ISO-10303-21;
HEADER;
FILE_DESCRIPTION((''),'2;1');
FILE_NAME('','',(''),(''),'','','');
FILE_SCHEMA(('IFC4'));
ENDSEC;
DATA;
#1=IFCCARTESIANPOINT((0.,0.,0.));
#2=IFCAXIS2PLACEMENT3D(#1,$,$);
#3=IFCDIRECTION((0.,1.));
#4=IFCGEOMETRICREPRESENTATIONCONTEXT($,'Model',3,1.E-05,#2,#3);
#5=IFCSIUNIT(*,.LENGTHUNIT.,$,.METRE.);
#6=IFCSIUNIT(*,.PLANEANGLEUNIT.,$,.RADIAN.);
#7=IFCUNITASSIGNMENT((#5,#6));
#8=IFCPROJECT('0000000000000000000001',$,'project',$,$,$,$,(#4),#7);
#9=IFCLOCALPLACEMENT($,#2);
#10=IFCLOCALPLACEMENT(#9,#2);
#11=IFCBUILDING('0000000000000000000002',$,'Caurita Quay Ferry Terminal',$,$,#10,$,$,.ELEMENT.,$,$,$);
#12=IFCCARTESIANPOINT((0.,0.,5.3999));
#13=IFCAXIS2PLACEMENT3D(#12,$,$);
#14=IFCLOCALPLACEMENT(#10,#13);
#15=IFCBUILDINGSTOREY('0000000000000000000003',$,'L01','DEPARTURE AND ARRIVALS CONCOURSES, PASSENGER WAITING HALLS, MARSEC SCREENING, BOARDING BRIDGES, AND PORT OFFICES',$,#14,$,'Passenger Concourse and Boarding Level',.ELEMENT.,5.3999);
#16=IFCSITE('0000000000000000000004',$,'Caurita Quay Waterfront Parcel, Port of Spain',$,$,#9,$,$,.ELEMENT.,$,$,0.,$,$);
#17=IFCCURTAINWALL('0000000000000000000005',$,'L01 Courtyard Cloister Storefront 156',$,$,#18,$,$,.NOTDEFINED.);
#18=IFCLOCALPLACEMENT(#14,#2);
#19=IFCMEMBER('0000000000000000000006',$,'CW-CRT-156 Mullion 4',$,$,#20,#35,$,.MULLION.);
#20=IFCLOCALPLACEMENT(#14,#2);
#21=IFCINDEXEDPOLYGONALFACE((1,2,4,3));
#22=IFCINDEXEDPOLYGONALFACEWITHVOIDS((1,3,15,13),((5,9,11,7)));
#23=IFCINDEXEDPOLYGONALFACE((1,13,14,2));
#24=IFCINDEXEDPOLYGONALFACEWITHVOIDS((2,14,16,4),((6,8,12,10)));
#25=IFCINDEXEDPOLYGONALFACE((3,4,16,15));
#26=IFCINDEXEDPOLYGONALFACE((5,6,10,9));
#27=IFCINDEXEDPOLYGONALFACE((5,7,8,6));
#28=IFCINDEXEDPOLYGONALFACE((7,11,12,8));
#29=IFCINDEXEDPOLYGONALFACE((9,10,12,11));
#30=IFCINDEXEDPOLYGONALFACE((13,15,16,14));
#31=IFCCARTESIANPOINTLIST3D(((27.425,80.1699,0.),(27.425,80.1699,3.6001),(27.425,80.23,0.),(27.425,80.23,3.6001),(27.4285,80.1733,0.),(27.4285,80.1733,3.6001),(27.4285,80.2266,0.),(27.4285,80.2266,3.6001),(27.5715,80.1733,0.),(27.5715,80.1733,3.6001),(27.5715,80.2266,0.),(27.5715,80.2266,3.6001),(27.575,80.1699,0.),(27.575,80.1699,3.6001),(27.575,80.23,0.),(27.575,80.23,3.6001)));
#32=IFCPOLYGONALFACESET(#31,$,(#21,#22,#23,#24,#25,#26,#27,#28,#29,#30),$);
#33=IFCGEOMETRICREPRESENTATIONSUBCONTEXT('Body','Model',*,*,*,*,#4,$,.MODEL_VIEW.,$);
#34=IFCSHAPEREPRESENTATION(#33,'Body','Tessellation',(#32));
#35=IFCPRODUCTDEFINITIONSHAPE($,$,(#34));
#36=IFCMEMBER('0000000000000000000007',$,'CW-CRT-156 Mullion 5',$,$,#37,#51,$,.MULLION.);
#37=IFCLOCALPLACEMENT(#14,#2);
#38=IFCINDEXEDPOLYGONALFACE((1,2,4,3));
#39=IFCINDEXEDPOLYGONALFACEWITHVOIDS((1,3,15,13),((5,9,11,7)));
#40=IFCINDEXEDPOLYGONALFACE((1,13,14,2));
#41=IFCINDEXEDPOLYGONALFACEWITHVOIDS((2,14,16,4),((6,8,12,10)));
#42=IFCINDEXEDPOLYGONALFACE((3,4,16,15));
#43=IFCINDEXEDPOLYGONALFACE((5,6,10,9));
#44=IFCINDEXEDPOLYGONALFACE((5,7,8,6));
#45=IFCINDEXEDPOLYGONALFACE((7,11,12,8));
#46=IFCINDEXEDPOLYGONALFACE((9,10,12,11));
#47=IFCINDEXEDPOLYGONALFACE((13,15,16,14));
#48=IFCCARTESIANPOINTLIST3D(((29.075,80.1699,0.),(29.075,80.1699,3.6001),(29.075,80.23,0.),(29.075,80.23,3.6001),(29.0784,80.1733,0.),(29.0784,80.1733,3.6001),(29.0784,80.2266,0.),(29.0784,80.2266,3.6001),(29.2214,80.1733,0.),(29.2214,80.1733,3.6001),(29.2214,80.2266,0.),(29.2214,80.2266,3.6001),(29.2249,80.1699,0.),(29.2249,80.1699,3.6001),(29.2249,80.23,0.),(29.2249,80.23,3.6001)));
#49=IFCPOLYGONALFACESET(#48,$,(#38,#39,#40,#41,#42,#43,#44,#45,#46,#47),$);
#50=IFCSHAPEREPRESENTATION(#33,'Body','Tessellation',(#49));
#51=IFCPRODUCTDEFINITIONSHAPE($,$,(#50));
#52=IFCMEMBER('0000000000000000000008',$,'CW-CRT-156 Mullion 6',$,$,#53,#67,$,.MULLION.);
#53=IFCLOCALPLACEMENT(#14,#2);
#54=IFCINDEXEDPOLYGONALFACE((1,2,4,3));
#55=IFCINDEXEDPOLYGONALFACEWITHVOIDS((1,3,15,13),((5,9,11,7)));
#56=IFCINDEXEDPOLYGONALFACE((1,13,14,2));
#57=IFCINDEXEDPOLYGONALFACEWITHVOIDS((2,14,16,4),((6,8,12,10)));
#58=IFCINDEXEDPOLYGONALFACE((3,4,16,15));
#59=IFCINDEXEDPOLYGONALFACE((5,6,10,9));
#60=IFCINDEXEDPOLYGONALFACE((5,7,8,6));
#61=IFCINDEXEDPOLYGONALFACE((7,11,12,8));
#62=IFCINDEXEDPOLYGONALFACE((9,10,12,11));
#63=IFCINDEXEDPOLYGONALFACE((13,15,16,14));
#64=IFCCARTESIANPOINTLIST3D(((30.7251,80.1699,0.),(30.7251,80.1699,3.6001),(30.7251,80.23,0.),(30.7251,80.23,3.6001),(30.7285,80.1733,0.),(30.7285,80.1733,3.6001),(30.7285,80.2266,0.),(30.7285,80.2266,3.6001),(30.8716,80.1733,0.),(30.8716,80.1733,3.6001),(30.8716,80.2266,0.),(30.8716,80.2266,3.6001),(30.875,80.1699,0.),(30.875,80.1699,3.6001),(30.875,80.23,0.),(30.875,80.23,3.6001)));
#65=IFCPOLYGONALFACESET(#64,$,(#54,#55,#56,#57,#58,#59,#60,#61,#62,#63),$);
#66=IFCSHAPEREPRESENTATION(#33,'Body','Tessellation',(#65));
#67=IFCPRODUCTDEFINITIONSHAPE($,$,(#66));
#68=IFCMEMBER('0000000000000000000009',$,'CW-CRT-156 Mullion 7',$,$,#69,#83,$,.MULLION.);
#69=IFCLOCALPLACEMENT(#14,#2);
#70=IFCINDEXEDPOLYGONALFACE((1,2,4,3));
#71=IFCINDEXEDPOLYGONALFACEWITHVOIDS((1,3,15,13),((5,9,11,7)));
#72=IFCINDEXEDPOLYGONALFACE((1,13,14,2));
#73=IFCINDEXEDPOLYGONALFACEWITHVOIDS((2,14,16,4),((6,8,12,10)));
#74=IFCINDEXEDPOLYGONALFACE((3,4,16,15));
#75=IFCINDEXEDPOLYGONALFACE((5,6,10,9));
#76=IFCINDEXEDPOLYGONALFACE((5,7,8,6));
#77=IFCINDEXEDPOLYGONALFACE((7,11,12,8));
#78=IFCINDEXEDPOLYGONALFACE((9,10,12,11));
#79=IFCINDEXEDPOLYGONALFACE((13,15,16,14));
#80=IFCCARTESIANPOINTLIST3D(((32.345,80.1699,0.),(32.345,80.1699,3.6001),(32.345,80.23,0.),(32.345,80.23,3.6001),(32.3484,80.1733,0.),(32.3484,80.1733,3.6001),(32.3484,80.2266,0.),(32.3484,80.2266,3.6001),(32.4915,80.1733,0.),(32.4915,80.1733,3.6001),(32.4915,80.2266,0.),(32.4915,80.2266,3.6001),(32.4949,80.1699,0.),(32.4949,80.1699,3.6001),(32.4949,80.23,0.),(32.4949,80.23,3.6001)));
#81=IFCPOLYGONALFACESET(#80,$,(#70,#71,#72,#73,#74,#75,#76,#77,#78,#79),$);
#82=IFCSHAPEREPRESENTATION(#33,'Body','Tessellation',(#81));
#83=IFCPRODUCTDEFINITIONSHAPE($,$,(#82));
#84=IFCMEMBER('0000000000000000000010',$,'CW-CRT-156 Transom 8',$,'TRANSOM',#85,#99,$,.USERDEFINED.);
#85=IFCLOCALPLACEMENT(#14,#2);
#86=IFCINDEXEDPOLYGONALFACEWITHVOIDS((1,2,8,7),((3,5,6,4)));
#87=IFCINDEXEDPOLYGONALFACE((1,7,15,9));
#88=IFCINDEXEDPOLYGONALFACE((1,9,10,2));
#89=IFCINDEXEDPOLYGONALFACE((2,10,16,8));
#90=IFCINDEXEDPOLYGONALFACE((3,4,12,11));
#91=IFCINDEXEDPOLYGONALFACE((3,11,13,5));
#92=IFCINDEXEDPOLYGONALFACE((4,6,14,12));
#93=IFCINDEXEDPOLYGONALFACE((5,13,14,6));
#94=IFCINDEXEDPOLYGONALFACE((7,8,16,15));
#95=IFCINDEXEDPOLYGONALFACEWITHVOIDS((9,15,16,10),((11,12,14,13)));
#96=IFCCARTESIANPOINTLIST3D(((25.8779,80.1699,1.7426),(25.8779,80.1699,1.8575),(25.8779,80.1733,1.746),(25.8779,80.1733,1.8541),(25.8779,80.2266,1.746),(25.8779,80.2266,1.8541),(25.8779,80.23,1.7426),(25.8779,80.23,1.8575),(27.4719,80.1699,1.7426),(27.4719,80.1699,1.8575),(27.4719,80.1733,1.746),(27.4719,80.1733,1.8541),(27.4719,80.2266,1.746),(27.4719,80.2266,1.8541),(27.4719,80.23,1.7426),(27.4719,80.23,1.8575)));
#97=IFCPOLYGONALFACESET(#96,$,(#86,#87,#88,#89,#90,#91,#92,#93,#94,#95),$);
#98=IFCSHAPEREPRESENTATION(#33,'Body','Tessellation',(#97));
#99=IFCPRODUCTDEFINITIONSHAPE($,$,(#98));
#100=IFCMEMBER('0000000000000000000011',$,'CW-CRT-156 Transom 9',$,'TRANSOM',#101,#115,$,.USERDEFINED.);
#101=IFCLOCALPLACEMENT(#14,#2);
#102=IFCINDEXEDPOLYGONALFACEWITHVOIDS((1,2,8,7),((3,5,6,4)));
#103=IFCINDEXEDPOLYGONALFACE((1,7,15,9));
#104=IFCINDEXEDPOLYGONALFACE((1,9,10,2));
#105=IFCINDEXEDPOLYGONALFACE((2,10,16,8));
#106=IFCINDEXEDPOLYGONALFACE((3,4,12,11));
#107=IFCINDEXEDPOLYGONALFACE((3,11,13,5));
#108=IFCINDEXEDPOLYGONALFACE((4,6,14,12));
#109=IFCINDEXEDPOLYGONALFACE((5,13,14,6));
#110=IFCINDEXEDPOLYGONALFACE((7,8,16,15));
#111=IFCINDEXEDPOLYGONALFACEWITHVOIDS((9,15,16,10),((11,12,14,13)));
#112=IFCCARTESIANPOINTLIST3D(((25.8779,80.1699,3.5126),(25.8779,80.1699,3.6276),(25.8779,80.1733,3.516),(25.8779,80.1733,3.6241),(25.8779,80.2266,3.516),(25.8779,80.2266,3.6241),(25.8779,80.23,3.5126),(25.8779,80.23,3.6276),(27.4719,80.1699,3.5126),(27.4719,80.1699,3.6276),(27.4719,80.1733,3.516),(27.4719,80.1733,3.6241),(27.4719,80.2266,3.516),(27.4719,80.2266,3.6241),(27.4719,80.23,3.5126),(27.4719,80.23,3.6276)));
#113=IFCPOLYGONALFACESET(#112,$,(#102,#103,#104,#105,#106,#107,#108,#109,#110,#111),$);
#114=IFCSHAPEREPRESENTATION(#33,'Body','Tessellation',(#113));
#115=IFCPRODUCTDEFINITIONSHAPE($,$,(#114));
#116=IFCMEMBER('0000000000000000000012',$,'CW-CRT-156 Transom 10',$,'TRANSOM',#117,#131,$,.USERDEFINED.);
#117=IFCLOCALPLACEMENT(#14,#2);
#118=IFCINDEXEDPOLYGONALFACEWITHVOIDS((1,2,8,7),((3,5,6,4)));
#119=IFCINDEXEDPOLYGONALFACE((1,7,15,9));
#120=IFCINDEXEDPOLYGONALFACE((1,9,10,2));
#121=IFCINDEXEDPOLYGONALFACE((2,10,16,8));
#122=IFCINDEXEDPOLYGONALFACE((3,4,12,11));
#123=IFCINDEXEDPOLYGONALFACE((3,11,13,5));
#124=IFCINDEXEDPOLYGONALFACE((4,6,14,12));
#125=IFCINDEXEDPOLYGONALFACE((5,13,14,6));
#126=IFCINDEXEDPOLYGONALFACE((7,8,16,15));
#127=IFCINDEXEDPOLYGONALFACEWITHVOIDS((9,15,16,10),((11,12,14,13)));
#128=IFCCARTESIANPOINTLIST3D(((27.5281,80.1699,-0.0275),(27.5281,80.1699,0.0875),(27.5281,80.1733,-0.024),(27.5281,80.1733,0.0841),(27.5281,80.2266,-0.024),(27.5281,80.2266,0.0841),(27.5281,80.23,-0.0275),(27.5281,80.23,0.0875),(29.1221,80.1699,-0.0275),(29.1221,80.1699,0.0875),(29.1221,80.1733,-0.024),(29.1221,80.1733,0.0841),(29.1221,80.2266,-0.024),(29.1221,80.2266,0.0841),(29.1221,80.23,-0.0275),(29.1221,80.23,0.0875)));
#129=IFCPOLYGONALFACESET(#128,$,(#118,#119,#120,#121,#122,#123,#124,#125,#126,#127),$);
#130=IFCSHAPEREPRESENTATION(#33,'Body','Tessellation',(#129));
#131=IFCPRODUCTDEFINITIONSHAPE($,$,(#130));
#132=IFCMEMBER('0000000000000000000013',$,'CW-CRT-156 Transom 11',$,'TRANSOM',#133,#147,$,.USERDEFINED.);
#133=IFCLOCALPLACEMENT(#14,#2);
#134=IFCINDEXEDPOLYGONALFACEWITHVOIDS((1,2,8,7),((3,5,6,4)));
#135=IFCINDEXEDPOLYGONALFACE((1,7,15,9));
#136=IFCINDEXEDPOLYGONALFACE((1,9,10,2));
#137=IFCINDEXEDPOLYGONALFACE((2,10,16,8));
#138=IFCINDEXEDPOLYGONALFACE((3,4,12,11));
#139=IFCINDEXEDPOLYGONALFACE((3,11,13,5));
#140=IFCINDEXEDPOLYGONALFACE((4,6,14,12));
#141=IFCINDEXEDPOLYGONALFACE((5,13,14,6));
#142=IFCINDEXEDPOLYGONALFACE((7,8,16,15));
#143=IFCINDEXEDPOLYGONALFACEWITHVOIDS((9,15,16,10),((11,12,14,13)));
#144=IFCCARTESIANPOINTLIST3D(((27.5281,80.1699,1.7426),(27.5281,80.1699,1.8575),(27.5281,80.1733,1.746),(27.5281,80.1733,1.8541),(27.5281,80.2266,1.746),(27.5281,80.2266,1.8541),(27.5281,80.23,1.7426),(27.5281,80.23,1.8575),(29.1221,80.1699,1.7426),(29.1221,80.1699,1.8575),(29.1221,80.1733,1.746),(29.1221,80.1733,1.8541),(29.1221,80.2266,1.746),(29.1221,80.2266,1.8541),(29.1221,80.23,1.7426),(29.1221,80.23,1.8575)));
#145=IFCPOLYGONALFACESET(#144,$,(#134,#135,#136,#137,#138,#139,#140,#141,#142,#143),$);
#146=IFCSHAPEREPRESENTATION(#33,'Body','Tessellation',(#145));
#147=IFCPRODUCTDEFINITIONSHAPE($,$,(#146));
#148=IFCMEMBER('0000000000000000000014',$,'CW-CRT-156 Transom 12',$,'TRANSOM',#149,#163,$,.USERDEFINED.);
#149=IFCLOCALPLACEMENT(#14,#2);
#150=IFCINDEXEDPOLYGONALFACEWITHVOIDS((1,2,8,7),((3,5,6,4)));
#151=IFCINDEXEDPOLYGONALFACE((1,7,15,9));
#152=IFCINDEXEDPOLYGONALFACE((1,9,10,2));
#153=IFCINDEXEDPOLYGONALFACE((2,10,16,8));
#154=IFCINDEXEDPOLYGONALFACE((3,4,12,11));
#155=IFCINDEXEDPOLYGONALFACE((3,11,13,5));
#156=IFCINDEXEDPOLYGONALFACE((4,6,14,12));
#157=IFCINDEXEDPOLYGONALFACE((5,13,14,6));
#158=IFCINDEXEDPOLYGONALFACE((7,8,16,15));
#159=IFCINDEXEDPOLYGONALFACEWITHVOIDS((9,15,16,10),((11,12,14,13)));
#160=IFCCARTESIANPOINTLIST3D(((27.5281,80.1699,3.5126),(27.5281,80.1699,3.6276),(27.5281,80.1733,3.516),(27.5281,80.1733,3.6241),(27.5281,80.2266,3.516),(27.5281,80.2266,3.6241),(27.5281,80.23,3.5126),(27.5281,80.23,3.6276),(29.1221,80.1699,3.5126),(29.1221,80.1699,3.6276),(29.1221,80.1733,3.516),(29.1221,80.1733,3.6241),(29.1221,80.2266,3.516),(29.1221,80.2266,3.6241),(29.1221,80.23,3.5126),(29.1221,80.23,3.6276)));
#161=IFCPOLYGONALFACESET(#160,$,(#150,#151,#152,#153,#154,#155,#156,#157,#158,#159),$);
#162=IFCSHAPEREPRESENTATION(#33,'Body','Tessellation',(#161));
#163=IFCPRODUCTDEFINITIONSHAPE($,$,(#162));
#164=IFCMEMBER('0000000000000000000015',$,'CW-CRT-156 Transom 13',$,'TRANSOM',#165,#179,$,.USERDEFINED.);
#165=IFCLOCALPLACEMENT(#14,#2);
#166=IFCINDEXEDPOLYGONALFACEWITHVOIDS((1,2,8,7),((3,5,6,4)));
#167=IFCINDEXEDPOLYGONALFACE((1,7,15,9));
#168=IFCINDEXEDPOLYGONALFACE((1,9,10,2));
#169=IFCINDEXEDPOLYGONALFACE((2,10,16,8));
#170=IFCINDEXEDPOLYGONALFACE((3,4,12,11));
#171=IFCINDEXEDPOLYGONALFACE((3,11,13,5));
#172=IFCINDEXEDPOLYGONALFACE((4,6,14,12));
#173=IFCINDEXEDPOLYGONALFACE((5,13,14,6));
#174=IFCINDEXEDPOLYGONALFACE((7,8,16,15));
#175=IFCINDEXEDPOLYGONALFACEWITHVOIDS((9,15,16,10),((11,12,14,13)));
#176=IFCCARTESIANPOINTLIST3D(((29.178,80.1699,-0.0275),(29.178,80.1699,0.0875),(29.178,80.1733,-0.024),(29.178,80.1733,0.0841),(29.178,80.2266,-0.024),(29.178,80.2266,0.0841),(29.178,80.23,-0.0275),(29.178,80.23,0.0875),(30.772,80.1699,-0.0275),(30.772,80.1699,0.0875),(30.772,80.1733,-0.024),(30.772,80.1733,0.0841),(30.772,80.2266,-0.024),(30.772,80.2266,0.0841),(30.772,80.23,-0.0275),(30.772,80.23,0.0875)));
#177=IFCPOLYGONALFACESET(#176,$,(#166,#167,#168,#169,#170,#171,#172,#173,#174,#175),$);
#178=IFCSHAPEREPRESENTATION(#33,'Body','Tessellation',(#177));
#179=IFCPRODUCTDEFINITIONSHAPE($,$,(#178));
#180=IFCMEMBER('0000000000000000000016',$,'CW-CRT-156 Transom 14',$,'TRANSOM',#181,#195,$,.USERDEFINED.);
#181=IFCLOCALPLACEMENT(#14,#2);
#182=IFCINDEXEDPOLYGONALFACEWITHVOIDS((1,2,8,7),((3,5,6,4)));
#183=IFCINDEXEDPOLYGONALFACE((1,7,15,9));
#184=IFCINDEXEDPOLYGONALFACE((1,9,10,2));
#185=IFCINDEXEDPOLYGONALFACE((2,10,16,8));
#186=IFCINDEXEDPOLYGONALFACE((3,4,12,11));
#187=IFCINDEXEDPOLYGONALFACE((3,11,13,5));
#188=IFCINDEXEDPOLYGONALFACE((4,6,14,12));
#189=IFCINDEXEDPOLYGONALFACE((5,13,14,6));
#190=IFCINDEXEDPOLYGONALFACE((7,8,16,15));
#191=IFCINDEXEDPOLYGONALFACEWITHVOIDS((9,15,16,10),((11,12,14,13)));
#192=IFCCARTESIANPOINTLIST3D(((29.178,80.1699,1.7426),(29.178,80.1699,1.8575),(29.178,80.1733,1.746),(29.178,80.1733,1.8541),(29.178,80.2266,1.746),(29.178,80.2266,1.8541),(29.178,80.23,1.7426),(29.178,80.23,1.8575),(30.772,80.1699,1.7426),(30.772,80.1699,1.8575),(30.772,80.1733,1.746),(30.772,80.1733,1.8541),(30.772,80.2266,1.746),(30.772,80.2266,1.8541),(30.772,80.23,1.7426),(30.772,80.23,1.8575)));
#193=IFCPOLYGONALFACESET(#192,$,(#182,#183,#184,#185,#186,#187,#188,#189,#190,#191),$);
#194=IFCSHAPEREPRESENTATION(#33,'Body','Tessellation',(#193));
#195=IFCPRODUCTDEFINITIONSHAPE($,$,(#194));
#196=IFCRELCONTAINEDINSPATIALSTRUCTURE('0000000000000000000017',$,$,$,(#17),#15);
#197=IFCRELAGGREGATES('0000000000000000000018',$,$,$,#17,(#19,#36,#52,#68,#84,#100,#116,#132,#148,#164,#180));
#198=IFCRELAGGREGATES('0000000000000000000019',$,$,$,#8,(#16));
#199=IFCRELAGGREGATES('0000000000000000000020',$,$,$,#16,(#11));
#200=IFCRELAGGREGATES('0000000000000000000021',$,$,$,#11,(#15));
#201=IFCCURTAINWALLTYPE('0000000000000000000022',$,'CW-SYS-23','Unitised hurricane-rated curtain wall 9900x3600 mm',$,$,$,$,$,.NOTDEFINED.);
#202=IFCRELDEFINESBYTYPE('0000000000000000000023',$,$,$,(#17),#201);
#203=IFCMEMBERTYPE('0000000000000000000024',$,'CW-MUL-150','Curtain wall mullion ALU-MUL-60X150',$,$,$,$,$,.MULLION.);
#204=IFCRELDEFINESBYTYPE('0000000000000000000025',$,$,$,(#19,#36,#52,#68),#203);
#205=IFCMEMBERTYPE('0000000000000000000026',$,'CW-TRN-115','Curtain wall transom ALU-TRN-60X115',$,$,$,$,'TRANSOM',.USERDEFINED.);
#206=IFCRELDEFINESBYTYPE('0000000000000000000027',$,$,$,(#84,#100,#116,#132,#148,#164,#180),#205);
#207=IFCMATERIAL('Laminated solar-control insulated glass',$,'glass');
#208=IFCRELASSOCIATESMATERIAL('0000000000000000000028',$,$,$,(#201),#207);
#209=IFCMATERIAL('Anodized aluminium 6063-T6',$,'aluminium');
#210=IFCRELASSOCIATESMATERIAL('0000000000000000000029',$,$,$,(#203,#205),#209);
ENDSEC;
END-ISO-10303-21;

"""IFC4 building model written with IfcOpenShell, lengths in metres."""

from ifc_helpers import new_model, si_unit, direction, frame, origin, origin_2d, place, context, subcontext, project, spatial, hollow_rectangle, extrude, material, material_profile, profile_set, type_object, element, aggregate, save


model = new_model("IFC4")

# Units and contexts
model_context = context("Model", 3, precision=1e-05, world=origin(), true_north=direction((0.0, 1.0)))
body_context = subcontext(model_context, "Body", "Model", "MODEL_VIEW")
ifc_project = project(units=[si_unit("LENGTHUNIT", "METRE"), si_unit("PLANEANGLEUNIT", "RADIAN")], contexts=[model_context])

# Site, building, storey
site_placement = place(None, origin())
site = spatial("IfcSite", under=ifc_project, at=site_placement, Name="Caurita Quay Waterfront Parcel, Port of Spain", CompositionType="ELEMENT", RefElevation=0.0)
building_placement = place(site_placement, origin())
building = spatial("IfcBuilding", under=site, at=building_placement, Name="Caurita Quay Ferry Terminal", CompositionType="ELEMENT")
storey_placement = place(building_placement, frame((0.0, 0.0, 5.3999)))
storey = spatial("IfcBuildingStorey", under=building, at=storey_placement, Name="L01", Description="DEPARTURE AND ARRIVALS CONCOURSES, PASSENGER WAITING HALLS, MARSEC SCREENING, BOARDING BRIDGES, AND PORT OFFICES", LongName="Passenger Concourse and Boarding Level", CompositionType="ELEMENT", Elevation=5.3999)

# Curtain wall, members
ifc_material_1 = material(Name="Laminated solar-control insulated glass", Category="glass")
curtain_wall_type = type_object("IfcCurtainWallType", Name="CW-SYS-23", Description="Unitised hurricane-rated curtain wall 9900x3600 mm", PredefinedType="NOTDEFINED", material=ifc_material_1)
curtain_wall_placement = place(storey_placement, origin())
curtain_wall = element("IfcCurtainWall", 1, at=curtain_wall_placement, inside=storey, type_object=curtain_wall_type, Name="L01 Courtyard Cloister Storefront 156", PredefinedType="NOTDEFINED")
ifc_material_2 = material(Name="Anodized aluminium 6063-T6", Category="aluminium")
ifc_material_profile_1 = material_profile(ifc_material_2, hollow_rectangle(XDim=0.0601, YDim=0.1499, WallThickness=0.0034, at=origin_2d()), Name="ALU-MUL-60X150")
ifc_profile_set_1 = profile_set([ifc_material_profile_1], Name="Anodized aluminium 6063-T6")
member_type_1 = type_object("IfcMemberType", Name="CW-MUL-150", Description="Curtain wall mullion ALU-MUL-60X150", PredefinedType="MULLION", material=ifc_profile_set_1)
member_1_placement = place(storey_placement, frame((27.5, 80.2, 0.0), z_axis=(0.0, 0.0, 1.0), x_axis=(0.0, 1.0, 0.0)))
member_1 = element("IfcMember", 2, at=member_1_placement, type_object=member_type_1, Name="CW-CRT-156 Mullion 4", PredefinedType="MULLION", context=body_context, shape_type="SweptSolid", body=[
    extrude(hollow_rectangle(XDim=0.0601, YDim=0.1499, WallThickness=0.0034, at=origin_2d()), origin(), (0.0, 0.0, 1.0), 3.6001),
])
member_2_placement = place(storey_placement, frame((29.1499, 80.2, 0.0), z_axis=(0.0, 0.0, 1.0), x_axis=(0.0, 1.0, 0.0)))
member_2 = element("IfcMember", 3, at=member_2_placement, type_object=member_type_1, Name="CW-CRT-156 Mullion 5", PredefinedType="MULLION", context=body_context, shape_type="SweptSolid", body=[
    extrude(hollow_rectangle(XDim=0.0601, YDim=0.1499, WallThickness=0.0034, at=origin_2d()), origin(), (0.0, 0.0, 1.0), 3.6001),
])
member_3_placement = place(storey_placement, frame((30.8, 80.2, 0.0), z_axis=(0.0, 0.0, 1.0), x_axis=(0.0, 1.0, 0.0)))
member_3 = element("IfcMember", 4, at=member_3_placement, type_object=member_type_1, Name="CW-CRT-156 Mullion 6", PredefinedType="MULLION", context=body_context, shape_type="SweptSolid", body=[
    extrude(hollow_rectangle(XDim=0.0601, YDim=0.1499, WallThickness=0.0034, at=origin_2d()), origin(), (0.0, 0.0, 1.0), 3.6001),
])
member_4_placement = place(storey_placement, frame((32.4199, 80.2, 0.0), z_axis=(0.0, 0.0, 1.0), x_axis=(0.0, 1.0, 0.0)))
member_4 = element("IfcMember", 5, at=member_4_placement, type_object=member_type_1, Name="CW-CRT-156 Mullion 7", PredefinedType="MULLION", context=body_context, shape_type="SweptSolid", body=[
    extrude(hollow_rectangle(XDim=0.0601, YDim=0.1499, WallThickness=0.0034, at=origin_2d()), origin(), (0.0, 0.0, 1.0), 3.6001),
])
ifc_material_profile_2 = material_profile(ifc_material_2, hollow_rectangle(XDim=0.0601, YDim=0.115, WallThickness=0.0034, at=origin_2d()), Name="ALU-TRN-60X115")
ifc_profile_set_2 = profile_set([ifc_material_profile_2], Name="Anodized aluminium 6063-T6")
member_type_2 = type_object("IfcMemberType", Name="CW-TRN-115", Description="Curtain wall transom ALU-TRN-60X115", ElementType="TRANSOM", PredefinedType="USERDEFINED", material=ifc_profile_set_2)
member_5_placement = place(storey_placement, frame((25.8779, 80.2, 1.8), z_axis=(1.0, 0.0, 0.0), x_axis=(0.0, 1.0, 0.0)))
member_5 = element("IfcMember", 6, at=member_5_placement, type_object=member_type_2, Name="CW-CRT-156 Transom 8", ObjectType="TRANSOM", PredefinedType="USERDEFINED", context=body_context, shape_type="SweptSolid", body=[
    extrude(hollow_rectangle(XDim=0.0601, YDim=0.115, WallThickness=0.0034, at=origin_2d()), origin(), (0.0, 0.0, 1.0), 1.594),
])
member_6_placement = place(storey_placement, frame((25.8779, 80.2, 3.5701), z_axis=(1.0, 0.0, 0.0), x_axis=(0.0, 1.0, 0.0)))
member_6 = element("IfcMember", 7, at=member_6_placement, type_object=member_type_2, Name="CW-CRT-156 Transom 9", ObjectType="TRANSOM", PredefinedType="USERDEFINED", context=body_context, shape_type="SweptSolid", body=[
    extrude(hollow_rectangle(XDim=0.0601, YDim=0.115, WallThickness=0.0034, at=origin_2d()), origin(), (0.0, 0.0, 1.0), 1.594),
])
member_7_placement = place(storey_placement, frame((27.5281, 80.2, 0.03), z_axis=(1.0, 0.0, 0.0), x_axis=(0.0, 1.0, 0.0)))
member_7 = element("IfcMember", 8, at=member_7_placement, type_object=member_type_2, Name="CW-CRT-156 Transom 10", ObjectType="TRANSOM", PredefinedType="USERDEFINED", context=body_context, shape_type="SweptSolid", body=[
    extrude(hollow_rectangle(XDim=0.0601, YDim=0.115, WallThickness=0.0034, at=origin_2d()), origin(), (0.0, 0.0, 1.0), 1.594),
])
member_8_placement = place(storey_placement, frame((27.5281, 80.2, 1.8), z_axis=(1.0, 0.0, 0.0), x_axis=(0.0, 1.0, 0.0)))
member_8 = element("IfcMember", 9, at=member_8_placement, type_object=member_type_2, Name="CW-CRT-156 Transom 11", ObjectType="TRANSOM", PredefinedType="USERDEFINED", context=body_context, shape_type="SweptSolid", body=[
    extrude(hollow_rectangle(XDim=0.0601, YDim=0.115, WallThickness=0.0034, at=origin_2d()), origin(), (0.0, 0.0, 1.0), 1.594),
])
member_9_placement = place(storey_placement, frame((27.5281, 80.2, 3.5701), z_axis=(1.0, 0.0, 0.0), x_axis=(0.0, 1.0, 0.0)))
member_9 = element("IfcMember", 10, at=member_9_placement, type_object=member_type_2, Name="CW-CRT-156 Transom 12", ObjectType="TRANSOM", PredefinedType="USERDEFINED", context=body_context, shape_type="SweptSolid", body=[
    extrude(hollow_rectangle(XDim=0.0601, YDim=0.115, WallThickness=0.0034, at=origin_2d()), origin(), (0.0, 0.0, 1.0), 1.594),
])
member_10_placement = place(storey_placement, frame((29.178, 80.2, 0.03), z_axis=(1.0, 0.0, 0.0), x_axis=(0.0, 1.0, 0.0)))
member_10 = element("IfcMember", 11, at=member_10_placement, type_object=member_type_2, Name="CW-CRT-156 Transom 13", ObjectType="TRANSOM", PredefinedType="USERDEFINED", context=body_context, shape_type="SweptSolid", body=[
    extrude(hollow_rectangle(XDim=0.0601, YDim=0.115, WallThickness=0.0034, at=origin_2d()), origin(), (0.0, 0.0, 1.0), 1.594),
])
member_11_placement = place(storey_placement, frame((29.178, 80.2, 1.8), z_axis=(1.0, 0.0, 0.0), x_axis=(0.0, 1.0, 0.0)))
member_11 = element("IfcMember", 12, at=member_11_placement, type_object=member_type_2, Name="CW-CRT-156 Transom 14", ObjectType="TRANSOM", PredefinedType="USERDEFINED", context=body_context, shape_type="SweptSolid", body=[
    extrude(hollow_rectangle(XDim=0.0601, YDim=0.115, WallThickness=0.0034, at=origin_2d()), origin(), (0.0, 0.0, 1.0), 1.594),
])
aggregate(curtain_wall, [member_1, member_2, member_3, member_4, member_5, member_6, member_7, member_8, member_9, member_10, member_11])

save(model, "model.ifc")
